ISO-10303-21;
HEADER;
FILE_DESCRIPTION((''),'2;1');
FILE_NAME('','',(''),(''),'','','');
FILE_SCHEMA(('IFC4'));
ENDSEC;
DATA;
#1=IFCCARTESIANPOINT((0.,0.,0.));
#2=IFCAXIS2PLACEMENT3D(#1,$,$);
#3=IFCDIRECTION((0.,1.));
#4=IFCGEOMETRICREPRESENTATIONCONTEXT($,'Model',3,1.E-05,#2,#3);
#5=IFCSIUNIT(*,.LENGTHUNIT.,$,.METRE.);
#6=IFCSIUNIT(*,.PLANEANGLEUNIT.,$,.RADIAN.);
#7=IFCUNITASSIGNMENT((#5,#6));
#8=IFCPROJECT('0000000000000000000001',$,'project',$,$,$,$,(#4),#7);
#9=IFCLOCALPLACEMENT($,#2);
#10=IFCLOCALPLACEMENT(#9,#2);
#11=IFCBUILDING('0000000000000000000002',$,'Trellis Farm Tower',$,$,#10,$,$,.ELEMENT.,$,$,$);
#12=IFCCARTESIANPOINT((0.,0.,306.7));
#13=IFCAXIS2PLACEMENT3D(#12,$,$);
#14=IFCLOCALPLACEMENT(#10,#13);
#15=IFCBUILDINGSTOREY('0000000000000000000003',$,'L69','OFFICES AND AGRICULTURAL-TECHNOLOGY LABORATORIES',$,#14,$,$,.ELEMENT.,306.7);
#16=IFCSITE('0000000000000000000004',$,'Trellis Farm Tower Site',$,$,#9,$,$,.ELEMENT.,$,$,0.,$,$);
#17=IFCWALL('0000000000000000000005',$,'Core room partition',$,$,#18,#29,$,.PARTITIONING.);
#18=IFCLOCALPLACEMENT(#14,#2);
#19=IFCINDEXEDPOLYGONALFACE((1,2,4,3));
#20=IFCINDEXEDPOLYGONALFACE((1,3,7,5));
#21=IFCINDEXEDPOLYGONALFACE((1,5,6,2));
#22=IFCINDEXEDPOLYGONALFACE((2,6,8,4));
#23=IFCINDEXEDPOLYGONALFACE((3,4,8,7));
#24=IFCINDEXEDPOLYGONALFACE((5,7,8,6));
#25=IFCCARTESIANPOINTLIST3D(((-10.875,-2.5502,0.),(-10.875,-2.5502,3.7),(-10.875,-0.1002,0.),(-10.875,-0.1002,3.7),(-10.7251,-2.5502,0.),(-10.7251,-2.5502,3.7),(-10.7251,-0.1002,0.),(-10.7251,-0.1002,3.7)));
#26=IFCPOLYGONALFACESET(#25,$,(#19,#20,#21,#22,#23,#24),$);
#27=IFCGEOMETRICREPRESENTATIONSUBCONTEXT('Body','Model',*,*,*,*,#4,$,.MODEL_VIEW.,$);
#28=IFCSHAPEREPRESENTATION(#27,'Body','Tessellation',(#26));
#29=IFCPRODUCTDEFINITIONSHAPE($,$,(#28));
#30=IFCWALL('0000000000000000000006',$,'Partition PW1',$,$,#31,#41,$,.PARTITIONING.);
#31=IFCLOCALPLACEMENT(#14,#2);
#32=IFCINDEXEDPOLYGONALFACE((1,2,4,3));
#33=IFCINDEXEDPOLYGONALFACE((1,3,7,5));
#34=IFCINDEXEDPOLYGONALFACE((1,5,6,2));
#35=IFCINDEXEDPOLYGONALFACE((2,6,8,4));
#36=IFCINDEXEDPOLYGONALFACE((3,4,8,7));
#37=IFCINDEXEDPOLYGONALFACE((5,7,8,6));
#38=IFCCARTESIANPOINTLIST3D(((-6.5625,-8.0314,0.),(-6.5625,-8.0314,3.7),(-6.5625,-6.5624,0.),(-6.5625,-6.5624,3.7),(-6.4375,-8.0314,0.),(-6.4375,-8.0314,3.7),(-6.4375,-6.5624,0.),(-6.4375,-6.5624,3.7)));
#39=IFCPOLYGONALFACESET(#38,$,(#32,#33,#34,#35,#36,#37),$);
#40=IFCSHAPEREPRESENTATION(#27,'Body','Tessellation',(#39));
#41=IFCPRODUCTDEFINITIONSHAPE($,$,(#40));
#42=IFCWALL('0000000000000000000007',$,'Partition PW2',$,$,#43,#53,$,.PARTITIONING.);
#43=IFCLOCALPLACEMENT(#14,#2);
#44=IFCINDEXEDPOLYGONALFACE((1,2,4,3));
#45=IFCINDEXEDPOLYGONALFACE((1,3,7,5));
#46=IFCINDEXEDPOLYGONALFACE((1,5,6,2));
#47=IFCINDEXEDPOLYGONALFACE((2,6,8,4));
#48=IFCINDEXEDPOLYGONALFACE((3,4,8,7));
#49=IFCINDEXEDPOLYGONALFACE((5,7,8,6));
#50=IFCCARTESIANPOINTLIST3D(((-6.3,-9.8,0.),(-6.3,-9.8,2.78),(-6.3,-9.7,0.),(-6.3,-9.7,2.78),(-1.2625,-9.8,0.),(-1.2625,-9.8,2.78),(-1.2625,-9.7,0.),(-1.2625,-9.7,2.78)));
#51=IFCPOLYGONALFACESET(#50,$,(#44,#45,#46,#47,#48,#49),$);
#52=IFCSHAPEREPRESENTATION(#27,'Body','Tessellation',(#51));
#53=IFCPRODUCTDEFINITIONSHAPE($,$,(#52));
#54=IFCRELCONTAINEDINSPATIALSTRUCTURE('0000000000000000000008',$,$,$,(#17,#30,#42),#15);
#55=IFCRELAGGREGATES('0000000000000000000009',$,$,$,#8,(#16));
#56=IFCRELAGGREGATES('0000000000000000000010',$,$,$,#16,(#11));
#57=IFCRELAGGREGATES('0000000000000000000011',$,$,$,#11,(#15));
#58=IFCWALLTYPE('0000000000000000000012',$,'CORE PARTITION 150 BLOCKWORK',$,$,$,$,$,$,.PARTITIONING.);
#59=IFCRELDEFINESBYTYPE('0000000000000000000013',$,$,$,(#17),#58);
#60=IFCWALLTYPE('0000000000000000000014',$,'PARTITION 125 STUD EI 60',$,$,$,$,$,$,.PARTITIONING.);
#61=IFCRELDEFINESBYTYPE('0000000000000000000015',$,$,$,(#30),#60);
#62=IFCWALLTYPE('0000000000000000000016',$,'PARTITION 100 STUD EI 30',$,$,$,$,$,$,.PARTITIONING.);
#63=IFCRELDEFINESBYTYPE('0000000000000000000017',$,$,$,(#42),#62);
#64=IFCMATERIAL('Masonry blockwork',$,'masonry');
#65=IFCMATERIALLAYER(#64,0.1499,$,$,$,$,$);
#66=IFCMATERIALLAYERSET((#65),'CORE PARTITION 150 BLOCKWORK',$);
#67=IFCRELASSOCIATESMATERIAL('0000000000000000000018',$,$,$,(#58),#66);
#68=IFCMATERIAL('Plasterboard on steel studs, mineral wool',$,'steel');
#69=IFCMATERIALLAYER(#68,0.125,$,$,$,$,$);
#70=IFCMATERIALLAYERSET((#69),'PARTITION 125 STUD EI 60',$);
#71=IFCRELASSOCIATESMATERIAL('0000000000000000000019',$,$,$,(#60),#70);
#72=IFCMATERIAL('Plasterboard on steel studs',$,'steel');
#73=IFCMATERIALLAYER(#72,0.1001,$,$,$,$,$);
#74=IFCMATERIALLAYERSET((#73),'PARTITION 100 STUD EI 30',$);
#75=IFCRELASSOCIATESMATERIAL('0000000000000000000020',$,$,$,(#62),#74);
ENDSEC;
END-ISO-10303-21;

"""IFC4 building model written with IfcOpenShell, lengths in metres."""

from ifc_helpers import new_model, si_unit, direction, frame, frame_2d, origin, place, context, subcontext, project, spatial, rectangle, extrude, source, transform, mapped, material, layer, layer_set, type_object, element, save


model = new_model("IFC4")

# Units and contexts
model_context = context("Model", 3, precision=1e-05, world=origin(), true_north=direction((0.0, 1.0)))
body_context = subcontext(model_context, "Body", "Model", "MODEL_VIEW")
ifc_project = project(units=[si_unit("LENGTHUNIT", "METRE"), si_unit("PLANEANGLEUNIT", "RADIAN")], contexts=[model_context])

# Site, building, storey
site_placement = place(None, origin())
site = spatial("IfcSite", under=ifc_project, at=site_placement, Name="Trellis Farm Tower Site", CompositionType="ELEMENT", RefElevation=0.0)
building_placement = place(site_placement, origin())
building = spatial("IfcBuilding", under=site, at=building_placement, Name="Trellis Farm Tower", CompositionType="ELEMENT")
storey_placement = place(building_placement, frame((0.0, 0.0, 306.7)))
storey = spatial("IfcBuildingStorey", under=building, at=storey_placement, Name="L69", Description="OFFICES AND AGRICULTURAL-TECHNOLOGY LABORATORIES", CompositionType="ELEMENT", Elevation=306.7)

# Wall
ifc_material_1 = material(Name="Masonry blockwork", Category="masonry")
ifc_layer_1 = layer(ifc_material_1, 0.1499)
ifc_layer_set_1 = layer_set([ifc_layer_1], Name="CORE PARTITION 150 BLOCKWORK")
wall_type_1 = type_object("IfcWallType", Name="CORE PARTITION 150 BLOCKWORK", PredefinedType="PARTITIONING", material=ifc_layer_set_1)
shared_shape_1 = source(origin(), body_context, "Body", "SweptSolid", [
    extrude(rectangle(XDim=2.45, YDim=0.1499, at=frame_2d((1.2251, 0.0))), origin(), (0.0, 0.0, 1.0), 3.7),
])
for number, where, z_axis, x_axis, name in (
    (1, (-10.8, -0.1001, 0.0), (0.0, 0.0, 1.0), (0.0, -1.0, 0.0), "Core room partition"),
):
    element("IfcWall", number, at=place(storey_placement, frame(where, z_axis=z_axis, x_axis=x_axis)), inside=storey, type_object=wall_type_1, Name=name, PredefinedType="PARTITIONING", context=body_context, shape_type="MappedRepresentation", body=[
        mapped(shared_shape_1, transform((0.0, 0.0, 0.0))),
    ])

# Walls
ifc_material_2 = material(Name="Plasterboard on steel studs, mineral wool", Category="steel")
ifc_layer_2 = layer(ifc_material_2, 0.125)
ifc_layer_set_2 = layer_set([ifc_layer_2], Name="PARTITION 125 STUD EI 60")
wall_type_2 = type_object("IfcWallType", Name="PARTITION 125 STUD EI 60", PredefinedType="PARTITIONING", material=ifc_layer_set_2)
shared_shape_2 = source(origin(), body_context, "Body", "SweptSolid", [
    extrude(rectangle(XDim=1.469, YDim=0.125, at=frame_2d((0.7344, 0.0))), origin(), (0.0, 0.0, 1.0), 3.7),
])
wall_1_placement = place(storey_placement, frame((-6.5, -6.5625, 0.0), z_axis=(0.0, 0.0, 1.0), x_axis=(0.0, -1.0, 0.0)))
element("IfcWall", 2, at=wall_1_placement, inside=storey, type_object=wall_type_2, Name="Partition PW1", PredefinedType="PARTITIONING", context=body_context, shape_type="MappedRepresentation", body=[
    mapped(shared_shape_2, transform((0.0, 0.0, 0.0))),
])
ifc_material_3 = material(Name="Plasterboard on steel studs", Category="steel")
ifc_layer_3 = layer(ifc_material_3, 0.1001)
ifc_layer_set_3 = layer_set([ifc_layer_3], Name="PARTITION 100 STUD EI 30")
wall_type_3 = type_object("IfcWallType", Name="PARTITION 100 STUD EI 30", PredefinedType="PARTITIONING", material=ifc_layer_set_3)
shared_shape_3 = source(origin(), body_context, "Body", "SweptSolid", [
    extrude(rectangle(XDim=5.0376, YDim=0.1001, at=frame_2d((2.5188, 0.0))), origin(), (0.0, 0.0, 1.0), 2.78),
])
wall_2_placement = place(storey_placement, frame((-6.3, -9.75, 0.0), z_axis=(0.0, 0.0, 1.0), x_axis=(1.0, 0.0, 0.0)))
element("IfcWall", 3, at=wall_2_placement, inside=storey, type_object=wall_type_3, Name="Partition PW2", PredefinedType="PARTITIONING", context=body_context, shape_type="MappedRepresentation", body=[
    mapped(shared_shape_3, transform((0.0, 0.0, 0.0))),
])

save(model, "model.ifc")
